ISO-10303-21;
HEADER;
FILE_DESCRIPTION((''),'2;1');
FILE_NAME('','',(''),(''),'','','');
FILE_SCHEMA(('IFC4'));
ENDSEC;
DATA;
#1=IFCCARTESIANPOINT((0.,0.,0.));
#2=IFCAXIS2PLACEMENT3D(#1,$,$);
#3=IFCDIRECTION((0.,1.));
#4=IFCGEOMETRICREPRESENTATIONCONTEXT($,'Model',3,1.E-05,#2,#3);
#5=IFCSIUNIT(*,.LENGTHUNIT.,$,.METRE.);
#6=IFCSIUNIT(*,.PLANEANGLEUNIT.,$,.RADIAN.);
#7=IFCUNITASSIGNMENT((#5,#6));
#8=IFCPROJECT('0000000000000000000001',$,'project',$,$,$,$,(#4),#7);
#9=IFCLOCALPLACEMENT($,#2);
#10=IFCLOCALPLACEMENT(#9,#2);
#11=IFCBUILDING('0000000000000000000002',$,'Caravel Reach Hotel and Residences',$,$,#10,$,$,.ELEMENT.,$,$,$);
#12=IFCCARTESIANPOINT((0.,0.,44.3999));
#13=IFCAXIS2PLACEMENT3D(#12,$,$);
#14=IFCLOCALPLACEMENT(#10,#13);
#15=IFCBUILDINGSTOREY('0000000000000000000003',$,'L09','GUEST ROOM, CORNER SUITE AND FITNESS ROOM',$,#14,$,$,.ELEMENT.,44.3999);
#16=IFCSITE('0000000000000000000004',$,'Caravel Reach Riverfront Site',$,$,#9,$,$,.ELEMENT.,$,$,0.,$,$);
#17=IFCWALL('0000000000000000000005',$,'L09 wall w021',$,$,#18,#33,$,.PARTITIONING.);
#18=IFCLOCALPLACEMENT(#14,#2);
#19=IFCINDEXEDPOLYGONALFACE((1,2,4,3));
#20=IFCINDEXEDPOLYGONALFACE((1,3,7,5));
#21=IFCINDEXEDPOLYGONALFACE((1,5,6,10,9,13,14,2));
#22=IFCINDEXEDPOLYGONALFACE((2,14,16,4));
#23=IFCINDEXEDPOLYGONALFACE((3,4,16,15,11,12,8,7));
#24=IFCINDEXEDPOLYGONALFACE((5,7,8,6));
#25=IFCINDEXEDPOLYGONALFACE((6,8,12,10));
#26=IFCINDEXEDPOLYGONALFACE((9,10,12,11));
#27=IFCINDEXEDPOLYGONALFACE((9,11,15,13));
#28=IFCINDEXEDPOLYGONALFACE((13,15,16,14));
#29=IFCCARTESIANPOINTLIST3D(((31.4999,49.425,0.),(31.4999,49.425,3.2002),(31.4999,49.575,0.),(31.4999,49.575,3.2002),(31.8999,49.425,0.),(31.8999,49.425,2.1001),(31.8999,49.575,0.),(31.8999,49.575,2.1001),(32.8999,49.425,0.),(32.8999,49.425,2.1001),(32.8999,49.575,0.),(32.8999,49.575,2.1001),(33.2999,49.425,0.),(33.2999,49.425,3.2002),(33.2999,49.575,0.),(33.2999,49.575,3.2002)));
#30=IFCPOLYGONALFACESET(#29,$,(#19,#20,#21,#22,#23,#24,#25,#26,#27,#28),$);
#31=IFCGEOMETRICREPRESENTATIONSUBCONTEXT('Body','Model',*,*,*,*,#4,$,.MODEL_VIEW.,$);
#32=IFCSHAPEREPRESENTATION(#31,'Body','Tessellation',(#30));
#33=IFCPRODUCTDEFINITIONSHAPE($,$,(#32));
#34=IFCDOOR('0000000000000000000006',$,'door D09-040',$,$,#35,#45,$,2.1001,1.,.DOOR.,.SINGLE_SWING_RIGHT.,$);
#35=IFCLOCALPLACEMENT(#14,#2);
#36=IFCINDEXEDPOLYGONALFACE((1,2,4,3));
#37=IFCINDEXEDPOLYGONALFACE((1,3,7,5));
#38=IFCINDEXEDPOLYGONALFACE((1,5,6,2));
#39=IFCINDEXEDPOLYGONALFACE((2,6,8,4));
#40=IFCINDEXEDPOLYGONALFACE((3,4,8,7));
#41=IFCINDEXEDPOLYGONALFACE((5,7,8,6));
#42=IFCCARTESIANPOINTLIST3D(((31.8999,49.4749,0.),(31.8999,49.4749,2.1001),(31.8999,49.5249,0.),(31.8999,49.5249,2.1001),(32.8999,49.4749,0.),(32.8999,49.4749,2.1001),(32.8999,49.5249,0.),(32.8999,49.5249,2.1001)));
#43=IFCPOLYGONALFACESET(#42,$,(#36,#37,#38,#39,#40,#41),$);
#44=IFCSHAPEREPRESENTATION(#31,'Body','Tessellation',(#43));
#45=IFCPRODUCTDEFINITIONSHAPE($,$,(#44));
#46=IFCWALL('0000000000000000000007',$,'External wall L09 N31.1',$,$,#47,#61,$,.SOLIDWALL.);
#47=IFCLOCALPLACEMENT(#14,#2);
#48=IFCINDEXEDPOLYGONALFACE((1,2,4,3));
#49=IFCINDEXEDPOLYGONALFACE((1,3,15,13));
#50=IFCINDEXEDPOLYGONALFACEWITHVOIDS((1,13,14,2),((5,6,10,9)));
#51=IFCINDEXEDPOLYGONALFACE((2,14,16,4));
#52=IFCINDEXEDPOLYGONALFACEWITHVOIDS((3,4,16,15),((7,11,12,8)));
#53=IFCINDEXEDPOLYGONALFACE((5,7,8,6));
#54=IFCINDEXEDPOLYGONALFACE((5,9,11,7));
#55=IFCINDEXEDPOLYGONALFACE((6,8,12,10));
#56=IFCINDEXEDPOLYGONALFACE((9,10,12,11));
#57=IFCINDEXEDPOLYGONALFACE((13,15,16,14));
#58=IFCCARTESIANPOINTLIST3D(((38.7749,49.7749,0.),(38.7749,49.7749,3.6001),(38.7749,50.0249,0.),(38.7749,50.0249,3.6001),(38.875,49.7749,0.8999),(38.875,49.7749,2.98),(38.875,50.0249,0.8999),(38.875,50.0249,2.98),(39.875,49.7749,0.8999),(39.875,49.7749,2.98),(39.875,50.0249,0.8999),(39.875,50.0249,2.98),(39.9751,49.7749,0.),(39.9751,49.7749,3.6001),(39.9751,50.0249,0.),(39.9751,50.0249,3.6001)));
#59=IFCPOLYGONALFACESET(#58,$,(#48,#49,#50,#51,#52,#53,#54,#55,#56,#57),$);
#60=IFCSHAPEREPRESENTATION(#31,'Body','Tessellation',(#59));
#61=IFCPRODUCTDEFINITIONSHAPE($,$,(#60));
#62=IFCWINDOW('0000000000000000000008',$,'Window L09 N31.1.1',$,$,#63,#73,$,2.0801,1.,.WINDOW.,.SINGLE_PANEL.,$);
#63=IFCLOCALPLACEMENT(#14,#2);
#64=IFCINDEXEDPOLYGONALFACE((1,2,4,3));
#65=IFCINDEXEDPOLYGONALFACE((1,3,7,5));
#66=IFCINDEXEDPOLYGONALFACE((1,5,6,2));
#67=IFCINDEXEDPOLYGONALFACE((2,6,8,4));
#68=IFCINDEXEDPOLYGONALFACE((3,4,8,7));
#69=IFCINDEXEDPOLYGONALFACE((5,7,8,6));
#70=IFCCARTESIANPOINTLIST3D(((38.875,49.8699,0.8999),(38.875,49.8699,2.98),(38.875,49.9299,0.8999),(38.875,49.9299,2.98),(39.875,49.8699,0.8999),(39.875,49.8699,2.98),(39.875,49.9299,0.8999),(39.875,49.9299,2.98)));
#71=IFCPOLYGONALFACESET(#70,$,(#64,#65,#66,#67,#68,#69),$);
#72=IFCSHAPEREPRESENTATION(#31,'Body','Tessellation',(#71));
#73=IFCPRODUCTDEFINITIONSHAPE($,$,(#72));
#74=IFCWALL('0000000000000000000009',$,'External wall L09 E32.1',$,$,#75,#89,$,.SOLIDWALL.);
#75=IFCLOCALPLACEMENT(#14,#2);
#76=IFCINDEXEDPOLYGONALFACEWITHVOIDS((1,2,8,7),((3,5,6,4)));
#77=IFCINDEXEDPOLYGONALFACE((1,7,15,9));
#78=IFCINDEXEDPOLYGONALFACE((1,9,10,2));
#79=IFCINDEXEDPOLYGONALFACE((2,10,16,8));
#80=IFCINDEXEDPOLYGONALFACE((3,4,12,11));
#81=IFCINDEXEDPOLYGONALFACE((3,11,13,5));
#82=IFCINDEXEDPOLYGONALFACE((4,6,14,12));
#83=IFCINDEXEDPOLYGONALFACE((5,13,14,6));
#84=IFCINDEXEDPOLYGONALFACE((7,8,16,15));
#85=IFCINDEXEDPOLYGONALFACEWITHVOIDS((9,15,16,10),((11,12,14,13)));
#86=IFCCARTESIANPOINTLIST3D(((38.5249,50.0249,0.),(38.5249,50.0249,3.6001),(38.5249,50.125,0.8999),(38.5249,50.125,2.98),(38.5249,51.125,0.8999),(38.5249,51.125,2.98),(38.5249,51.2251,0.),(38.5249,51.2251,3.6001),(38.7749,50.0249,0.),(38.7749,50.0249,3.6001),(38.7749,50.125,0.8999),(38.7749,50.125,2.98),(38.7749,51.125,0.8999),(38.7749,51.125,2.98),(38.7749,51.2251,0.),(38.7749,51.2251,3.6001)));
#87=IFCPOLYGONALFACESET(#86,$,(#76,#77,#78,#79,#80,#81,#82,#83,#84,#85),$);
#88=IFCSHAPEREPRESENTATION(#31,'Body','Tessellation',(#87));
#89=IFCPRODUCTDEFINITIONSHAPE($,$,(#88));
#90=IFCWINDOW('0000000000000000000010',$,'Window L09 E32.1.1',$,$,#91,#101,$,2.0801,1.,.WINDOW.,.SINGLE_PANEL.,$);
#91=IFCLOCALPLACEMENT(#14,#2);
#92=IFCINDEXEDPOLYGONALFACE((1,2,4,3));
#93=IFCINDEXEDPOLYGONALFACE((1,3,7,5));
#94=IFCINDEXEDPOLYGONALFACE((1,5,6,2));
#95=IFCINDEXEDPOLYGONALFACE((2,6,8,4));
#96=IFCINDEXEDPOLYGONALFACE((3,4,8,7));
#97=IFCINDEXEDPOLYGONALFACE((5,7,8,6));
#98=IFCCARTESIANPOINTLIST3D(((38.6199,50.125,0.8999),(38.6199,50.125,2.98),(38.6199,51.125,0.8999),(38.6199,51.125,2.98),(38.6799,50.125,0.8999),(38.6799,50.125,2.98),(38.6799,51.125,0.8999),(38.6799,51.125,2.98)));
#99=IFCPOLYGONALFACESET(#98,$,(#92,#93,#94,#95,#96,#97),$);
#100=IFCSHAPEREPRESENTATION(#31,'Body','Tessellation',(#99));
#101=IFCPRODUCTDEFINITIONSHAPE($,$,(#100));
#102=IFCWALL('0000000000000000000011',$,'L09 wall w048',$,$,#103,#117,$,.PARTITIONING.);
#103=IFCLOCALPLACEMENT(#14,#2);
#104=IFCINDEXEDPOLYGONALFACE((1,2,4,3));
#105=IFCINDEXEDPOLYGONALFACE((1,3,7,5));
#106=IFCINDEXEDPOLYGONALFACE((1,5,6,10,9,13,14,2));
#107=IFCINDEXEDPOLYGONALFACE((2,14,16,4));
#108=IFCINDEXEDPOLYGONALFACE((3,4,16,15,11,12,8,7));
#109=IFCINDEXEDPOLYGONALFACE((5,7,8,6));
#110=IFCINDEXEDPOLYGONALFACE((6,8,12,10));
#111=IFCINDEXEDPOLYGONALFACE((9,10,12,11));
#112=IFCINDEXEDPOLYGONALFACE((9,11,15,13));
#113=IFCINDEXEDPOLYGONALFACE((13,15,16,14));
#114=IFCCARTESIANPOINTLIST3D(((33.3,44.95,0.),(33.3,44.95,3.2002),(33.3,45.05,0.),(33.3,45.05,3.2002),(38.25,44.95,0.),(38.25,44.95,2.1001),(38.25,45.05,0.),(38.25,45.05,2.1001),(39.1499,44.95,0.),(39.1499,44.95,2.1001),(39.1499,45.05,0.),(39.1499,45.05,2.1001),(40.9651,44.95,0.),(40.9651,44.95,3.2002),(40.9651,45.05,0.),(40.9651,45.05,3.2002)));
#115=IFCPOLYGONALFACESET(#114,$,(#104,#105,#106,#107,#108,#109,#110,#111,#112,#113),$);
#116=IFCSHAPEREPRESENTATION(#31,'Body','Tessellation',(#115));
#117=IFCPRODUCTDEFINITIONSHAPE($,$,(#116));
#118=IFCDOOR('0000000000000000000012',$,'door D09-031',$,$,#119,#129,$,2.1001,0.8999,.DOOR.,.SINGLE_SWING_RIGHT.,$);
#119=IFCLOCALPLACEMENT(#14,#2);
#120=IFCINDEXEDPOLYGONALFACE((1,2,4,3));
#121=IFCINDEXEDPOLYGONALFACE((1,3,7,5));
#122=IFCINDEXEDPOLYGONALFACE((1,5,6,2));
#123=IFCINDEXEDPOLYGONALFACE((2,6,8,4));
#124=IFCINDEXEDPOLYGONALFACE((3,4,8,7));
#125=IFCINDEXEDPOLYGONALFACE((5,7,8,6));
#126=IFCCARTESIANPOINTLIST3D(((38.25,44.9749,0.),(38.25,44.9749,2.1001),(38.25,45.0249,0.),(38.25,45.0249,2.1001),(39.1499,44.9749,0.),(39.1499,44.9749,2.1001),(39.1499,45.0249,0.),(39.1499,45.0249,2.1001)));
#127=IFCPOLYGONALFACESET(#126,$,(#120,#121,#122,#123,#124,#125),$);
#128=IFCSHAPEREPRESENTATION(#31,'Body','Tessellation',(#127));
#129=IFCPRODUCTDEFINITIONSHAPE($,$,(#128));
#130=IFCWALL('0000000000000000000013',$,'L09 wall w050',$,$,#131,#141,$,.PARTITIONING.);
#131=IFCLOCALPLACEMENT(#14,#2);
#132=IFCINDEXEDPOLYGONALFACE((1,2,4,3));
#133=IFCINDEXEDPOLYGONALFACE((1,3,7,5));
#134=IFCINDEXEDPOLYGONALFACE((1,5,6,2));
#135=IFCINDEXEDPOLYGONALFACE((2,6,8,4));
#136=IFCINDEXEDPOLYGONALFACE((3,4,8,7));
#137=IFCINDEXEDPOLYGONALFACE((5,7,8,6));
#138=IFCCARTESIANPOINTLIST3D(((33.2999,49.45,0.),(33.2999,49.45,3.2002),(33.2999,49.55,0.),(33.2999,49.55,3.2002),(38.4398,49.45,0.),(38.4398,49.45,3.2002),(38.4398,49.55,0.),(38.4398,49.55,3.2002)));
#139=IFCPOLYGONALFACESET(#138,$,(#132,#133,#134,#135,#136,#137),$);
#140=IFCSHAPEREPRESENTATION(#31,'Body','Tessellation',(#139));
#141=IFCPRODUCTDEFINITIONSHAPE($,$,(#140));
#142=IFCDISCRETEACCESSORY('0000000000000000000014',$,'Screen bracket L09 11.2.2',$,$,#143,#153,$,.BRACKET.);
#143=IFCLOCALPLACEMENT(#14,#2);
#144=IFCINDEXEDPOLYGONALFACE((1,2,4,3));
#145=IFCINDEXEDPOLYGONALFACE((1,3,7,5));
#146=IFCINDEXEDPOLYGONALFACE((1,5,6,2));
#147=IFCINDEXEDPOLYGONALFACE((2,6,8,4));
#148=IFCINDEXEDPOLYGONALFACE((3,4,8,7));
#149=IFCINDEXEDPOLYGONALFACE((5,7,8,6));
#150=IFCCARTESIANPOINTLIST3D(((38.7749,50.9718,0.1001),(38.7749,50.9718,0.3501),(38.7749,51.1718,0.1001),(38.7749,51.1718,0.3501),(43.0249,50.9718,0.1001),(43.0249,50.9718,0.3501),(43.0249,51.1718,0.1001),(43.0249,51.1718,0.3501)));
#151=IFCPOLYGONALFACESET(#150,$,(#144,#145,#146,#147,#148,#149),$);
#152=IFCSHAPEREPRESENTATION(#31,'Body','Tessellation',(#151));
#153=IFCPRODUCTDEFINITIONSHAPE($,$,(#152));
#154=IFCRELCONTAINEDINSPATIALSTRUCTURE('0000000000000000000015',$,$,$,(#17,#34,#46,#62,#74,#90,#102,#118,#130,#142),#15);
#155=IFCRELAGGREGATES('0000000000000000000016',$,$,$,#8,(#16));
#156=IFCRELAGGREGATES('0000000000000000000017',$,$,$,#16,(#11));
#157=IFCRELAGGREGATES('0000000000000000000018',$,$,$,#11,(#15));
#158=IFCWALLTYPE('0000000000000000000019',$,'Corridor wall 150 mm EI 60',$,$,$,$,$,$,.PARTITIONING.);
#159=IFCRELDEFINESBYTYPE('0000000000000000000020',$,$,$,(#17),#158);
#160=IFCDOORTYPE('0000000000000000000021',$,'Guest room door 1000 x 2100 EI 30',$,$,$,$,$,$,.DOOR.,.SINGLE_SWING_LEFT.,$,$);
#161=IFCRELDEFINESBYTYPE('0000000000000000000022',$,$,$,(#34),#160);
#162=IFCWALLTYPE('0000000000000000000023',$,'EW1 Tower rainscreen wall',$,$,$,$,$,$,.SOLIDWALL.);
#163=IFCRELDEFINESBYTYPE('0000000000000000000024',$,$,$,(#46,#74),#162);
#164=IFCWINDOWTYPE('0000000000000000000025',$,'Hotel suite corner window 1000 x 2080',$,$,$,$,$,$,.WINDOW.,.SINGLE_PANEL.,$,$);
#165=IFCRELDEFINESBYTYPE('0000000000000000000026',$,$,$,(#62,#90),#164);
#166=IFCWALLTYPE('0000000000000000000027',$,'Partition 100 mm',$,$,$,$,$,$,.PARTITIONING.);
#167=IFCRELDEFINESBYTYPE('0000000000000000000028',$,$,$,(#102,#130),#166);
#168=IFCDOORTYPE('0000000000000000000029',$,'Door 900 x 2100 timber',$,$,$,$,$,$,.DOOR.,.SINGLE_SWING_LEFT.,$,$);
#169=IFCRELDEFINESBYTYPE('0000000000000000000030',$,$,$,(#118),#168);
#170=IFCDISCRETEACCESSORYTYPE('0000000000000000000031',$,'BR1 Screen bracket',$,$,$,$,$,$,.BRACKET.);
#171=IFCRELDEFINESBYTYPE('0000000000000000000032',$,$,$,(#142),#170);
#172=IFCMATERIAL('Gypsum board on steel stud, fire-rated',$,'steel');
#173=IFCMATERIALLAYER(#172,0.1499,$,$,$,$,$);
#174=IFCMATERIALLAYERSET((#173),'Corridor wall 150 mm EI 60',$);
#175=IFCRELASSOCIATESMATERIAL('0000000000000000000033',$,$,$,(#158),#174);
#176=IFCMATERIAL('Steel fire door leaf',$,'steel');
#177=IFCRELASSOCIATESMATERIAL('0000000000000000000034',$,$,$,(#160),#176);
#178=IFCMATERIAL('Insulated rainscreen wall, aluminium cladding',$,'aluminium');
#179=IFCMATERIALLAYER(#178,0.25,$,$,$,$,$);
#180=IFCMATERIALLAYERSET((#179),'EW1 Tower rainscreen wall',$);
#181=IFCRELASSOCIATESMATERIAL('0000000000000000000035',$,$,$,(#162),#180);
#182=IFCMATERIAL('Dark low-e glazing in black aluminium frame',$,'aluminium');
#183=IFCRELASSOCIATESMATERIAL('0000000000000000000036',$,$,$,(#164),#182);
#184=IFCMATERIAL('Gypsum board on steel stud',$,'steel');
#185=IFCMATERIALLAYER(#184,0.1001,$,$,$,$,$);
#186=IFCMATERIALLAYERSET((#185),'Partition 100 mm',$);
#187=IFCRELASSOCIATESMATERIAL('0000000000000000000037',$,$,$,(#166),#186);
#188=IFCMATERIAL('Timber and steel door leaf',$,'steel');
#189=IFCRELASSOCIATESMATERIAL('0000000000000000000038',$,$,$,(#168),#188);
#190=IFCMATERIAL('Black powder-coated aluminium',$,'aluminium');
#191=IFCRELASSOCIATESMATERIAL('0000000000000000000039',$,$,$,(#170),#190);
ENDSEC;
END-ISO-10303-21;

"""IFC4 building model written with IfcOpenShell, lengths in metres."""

from ifc_helpers import new_model, si_unit, direction, frame, frame_2d, origin, origin_2d, place, context, subcontext, project, spatial, rectangle, extrude, material, layer, layer_set, type_object, element, fill, save


model = new_model("IFC4")

# Units and contexts
model_context = context("Model", 3, precision=1e-05, world=origin(), true_north=direction((0.0, 1.0)))
body_context = subcontext(model_context, "Body", "Model", "MODEL_VIEW")
ifc_project = project(units=[si_unit("LENGTHUNIT", "METRE"), si_unit("PLANEANGLEUNIT", "RADIAN")], contexts=[model_context])

# Site, building, storey
site_placement = place(None, origin())
site = spatial("IfcSite", under=ifc_project, at=site_placement, Name="Caravel Reach Riverfront Site", CompositionType="ELEMENT", RefElevation=0.0)
building_placement = place(site_placement, origin())
building = spatial("IfcBuilding", under=site, at=building_placement, Name="Caravel Reach Hotel and Residences", CompositionType="ELEMENT")
storey_placement = place(building_placement, frame((0.0, 0.0, 44.3999)))
storey = spatial("IfcBuildingStorey", under=building, at=storey_placement, Name="L09", Description="GUEST ROOM, CORNER SUITE AND FITNESS ROOM", CompositionType="ELEMENT", Elevation=44.3999)

# Wall, opening, door
ifc_material_1 = material(Name="Gypsum board on steel stud, fire-rated", Category="steel")
ifc_layer_1 = layer(ifc_material_1, 0.1499)
ifc_layer_set_1 = layer_set([ifc_layer_1], Name="Corridor wall 150 mm EI 60")
wall_type_1 = type_object("IfcWallType", Name="Corridor wall 150 mm EI 60", PredefinedType="PARTITIONING", material=ifc_layer_set_1)
wall_1_placement = place(storey_placement, frame((31.5, 49.5, 0.0), z_axis=(0.0, 0.0, 1.0), x_axis=(1.0, 0.0, 0.0)))
wall_1 = element("IfcWall", 1, at=wall_1_placement, inside=storey, type_object=wall_type_1, Name="L09 wall w021", PredefinedType="PARTITIONING", context=body_context, shape_type="SweptSolid", body=[
    extrude(rectangle(XDim=1.8, YDim=0.1499, at=frame_2d((0.8999, 0.0))), origin(), (0.0, 0.0, 1.0), 3.2002),
])
opening_1_placement = place(wall_1_placement, frame((0.3999, 0.0, 0.0)))
opening_1 = element("IfcOpeningElement", 2, at=opening_1_placement, cuts=wall_1, PredefinedType="OPENING", context=body_context, shape_type="SweptSolid", body=[
    extrude(rectangle(XDim=1.0, YDim=2.1001, at=frame_2d((0.5, 1.05))), frame((0.0, 0.085, 0.0), z_axis=(0.0, -1.0, 0.0), x_axis=(1.0, 0.0, 0.0)), (0.0, 0.0, 1.0), 0.1699),
])
ifc_material_2 = material(Name="Steel fire door leaf", Category="steel")
door_type_1 = type_object("IfcDoorType", Name="Guest room door 1000 x 2100 EI 30", OperationType="SINGLE_SWING_LEFT", PredefinedType="DOOR", material=ifc_material_2)
door_1_placement = place(opening_1_placement, origin())
door_1 = element("IfcDoor", 3, at=door_1_placement, inside=storey, type_object=door_type_1, Name="door D09-040", OperationType="SINGLE_SWING_RIGHT", OverallHeight=2.1001, OverallWidth=1.0, PredefinedType="DOOR", context=body_context, shape_type="SweptSolid", body=[
    extrude(rectangle(XDim=1.0, YDim=2.1001, at=frame_2d((0.5, 1.05))), frame((0.0, 0.0249, 0.0), z_axis=(0.0, -1.0, 0.0), x_axis=(1.0, 0.0, 0.0)), (0.0, 0.0, 1.0), 0.05),
])
fill(opening_1, door_1)

# Walls, openings, windows
ifc_material_3 = material(Name="Insulated rainscreen wall, aluminium cladding", Category="aluminium")
ifc_layer_2 = layer(ifc_material_3, 0.25)
ifc_layer_set_2 = layer_set([ifc_layer_2], Name="EW1 Tower rainscreen wall")
wall_type_2 = type_object("IfcWallType", Name="EW1 Tower rainscreen wall", PredefinedType="SOLIDWALL", material=ifc_layer_set_2)
wall_2_placement = place(storey_placement, frame((39.9751, 49.8999, 0.0), z_axis=(0.0, 0.0, 1.0), x_axis=(-1.0, 0.0, 0.0)))
wall_2 = element("IfcWall", 4, at=wall_2_placement, inside=storey, type_object=wall_type_2, Name="External wall L09 N31.1", PredefinedType="SOLIDWALL", context=body_context, shape_type="SweptSolid", body=[
    extrude(rectangle(XDim=1.2002, YDim=0.25, at=frame_2d((0.6001, 0.0))), origin(), (0.0, 0.0, 1.0), 3.6001),
])
opening_2_placement = place(wall_2_placement, frame((0.1001, 0.0, 0.8999)))
opening_2 = element("IfcOpeningElement", 5, at=opening_2_placement, cuts=wall_2, PredefinedType="OPENING", context=body_context, shape_type="SweptSolid", body=[
    extrude(rectangle(XDim=1.0, YDim=2.0801, at=frame_2d((0.5, 1.04))), frame((0.0, 0.135, 0.0), z_axis=(0.0, -1.0, 0.0), x_axis=(1.0, 0.0, 0.0)), (0.0, 0.0, 1.0), 0.27),
])
ifc_material_4 = material(Name="Dark low-e glazing in black aluminium frame", Category="aluminium")
window_type = type_object("IfcWindowType", Name="Hotel suite corner window 1000 x 2080", PartitioningType="SINGLE_PANEL", PredefinedType="WINDOW", material=ifc_material_4)
window_1_placement = place(opening_2_placement, origin())
window_1 = element("IfcWindow", 6, at=window_1_placement, inside=storey, type_object=window_type, Name="Window L09 N31.1.1", OverallHeight=2.0801, OverallWidth=1.0, PartitioningType="SINGLE_PANEL", PredefinedType="WINDOW", context=body_context, shape_type="SweptSolid", body=[
    extrude(rectangle(XDim=1.0, YDim=2.0801, at=frame_2d((0.5, 1.04))), frame((0.0, 0.03, 0.0), z_axis=(0.0, -1.0, 0.0), x_axis=(1.0, 0.0, 0.0)), (0.0, 0.0, 1.0), 0.0601),
])
fill(opening_2, window_1)
wall_3_placement = place(storey_placement, frame((38.6499, 50.0249, 0.0), z_axis=(0.0, 0.0, 1.0), x_axis=(0.0, 1.0, 0.0)))
wall_3 = element("IfcWall", 7, at=wall_3_placement, inside=storey, type_object=wall_type_2, Name="External wall L09 E32.1", PredefinedType="SOLIDWALL", context=body_context, shape_type="SweptSolid", body=[
    extrude(rectangle(XDim=1.2002, YDim=0.25, at=frame_2d((0.6001, 0.0))), origin(), (0.0, 0.0, 1.0), 3.6001),
])
opening_3_placement = place(wall_3_placement, frame((0.1001, 0.0, 0.8999)))
opening_3 = element("IfcOpeningElement", 8, at=opening_3_placement, cuts=wall_3, PredefinedType="OPENING", context=body_context, shape_type="SweptSolid", body=[
    extrude(rectangle(XDim=1.0, YDim=2.0801, at=frame_2d((0.5, 1.04))), frame((0.0, 0.135, 0.0), z_axis=(0.0, -1.0, 0.0), x_axis=(1.0, 0.0, 0.0)), (0.0, 0.0, 1.0), 0.27),
])
window_2_placement = place(opening_3_placement, origin())
window_2 = element("IfcWindow", 9, at=window_2_placement, inside=storey, type_object=window_type, Name="Window L09 E32.1.1", OverallHeight=2.0801, OverallWidth=1.0, PartitioningType="SINGLE_PANEL", PredefinedType="WINDOW", context=body_context, shape_type="SweptSolid", body=[
    extrude(rectangle(XDim=1.0, YDim=2.0801, at=frame_2d((0.5, 1.04))), frame((0.0, 0.03, 0.0), z_axis=(0.0, -1.0, 0.0), x_axis=(1.0, 0.0, 0.0)), (0.0, 0.0, 1.0), 0.0601),
])
fill(opening_3, window_2)

# Wall, opening, door
ifc_material_5 = material(Name="Gypsum board on steel stud", Category="steel")
ifc_layer_3 = layer(ifc_material_5, 0.1001)
ifc_layer_set_3 = layer_set([ifc_layer_3], Name="Partition 100 mm")
wall_type_3 = type_object("IfcWallType", Name="Partition 100 mm", PredefinedType="PARTITIONING", material=ifc_layer_set_3)
wall_4_placement = place(storey_placement, frame((33.3, 45.0, 0.0), z_axis=(0.0, 0.0, 1.0), x_axis=(1.0, 0.0, 0.0)))
wall_4 = element("IfcWall", 10, at=wall_4_placement, inside=storey, type_object=wall_type_3, Name="L09 wall w048", PredefinedType="PARTITIONING", context=body_context, shape_type="SweptSolid", body=[
    extrude(rectangle(XDim=7.665, YDim=0.1001, at=frame_2d((3.8325, 0.0))), origin(), (0.0, 0.0, 1.0), 3.2002),
])
opening_4_placement = place(wall_4_placement, frame((4.95, 0.0, 0.0)))
opening_4 = element("IfcOpeningElement", 11, at=opening_4_placement, cuts=wall_4, PredefinedType="OPENING", context=body_context, shape_type="SweptSolid", body=[
    extrude(rectangle(XDim=0.8999, YDim=2.1001, at=frame_2d((0.45, 1.05))), frame((0.0, 0.0601, 0.0), z_axis=(0.0, -1.0, 0.0), x_axis=(1.0, 0.0, 0.0)), (0.0, 0.0, 1.0), 0.1201),
])
ifc_material_6 = material(Name="Timber and steel door leaf", Category="steel")
door_type_2 = type_object("IfcDoorType", Name="Door 900 x 2100 timber", OperationType="SINGLE_SWING_LEFT", PredefinedType="DOOR", material=ifc_material_6)
door_2_placement = place(opening_4_placement, origin())
door_2 = element("IfcDoor", 12, at=door_2_placement, inside=storey, type_object=door_type_2, Name="door D09-031", OperationType="SINGLE_SWING_RIGHT", OverallHeight=2.1001, OverallWidth=0.8999, PredefinedType="DOOR", context=body_context, shape_type="SweptSolid", body=[
    extrude(rectangle(XDim=0.8999, YDim=2.1001, at=frame_2d((0.45, 1.05))), frame((0.0, 0.0249, 0.0), z_axis=(0.0, -1.0, 0.0), x_axis=(1.0, 0.0, 0.0)), (0.0, 0.0, 1.0), 0.05),
])
fill(opening_4, door_2)

# Wall
wall_5_placement = place(storey_placement, frame((33.3, 49.5, 0.0), z_axis=(0.0, 0.0, 1.0), x_axis=(1.0, 0.0, 0.0)))
element("IfcWall", 13, at=wall_5_placement, inside=storey, type_object=wall_type_3, Name="L09 wall w050", PredefinedType="PARTITIONING", context=body_context, shape_type="SweptSolid", body=[
    extrude(rectangle(XDim=5.1399, YDim=0.1001, at=frame_2d((2.5698, 0.0))), origin(), (0.0, 0.0, 1.0), 3.2002),
])

# Discrete accessory
ifc_material_7 = material(Name="Black powder-coated aluminium", Category="aluminium")
discrete_accessory_type = type_object("IfcDiscreteAccessoryType", Name="BR1 Screen bracket", PredefinedType="BRACKET", material=ifc_material_7)
discrete_accessory_placement = place(storey_placement, frame((40.8999, 51.0718, 0.1001), z_axis=(0.0, 0.0, 1.0), x_axis=(1.0, 0.0, 0.0)))
element("IfcDiscreteAccessory", 14, at=discrete_accessory_placement, inside=storey, type_object=discrete_accessory_type, Name="Screen bracket L09 11.2.2", PredefinedType="BRACKET", context=body_context, shape_type="SweptSolid", body=[
    extrude(rectangle(XDim=4.25, YDim=0.2, at=origin_2d()), origin(), (0.0, 0.0, 1.0), 0.25),
])

save(model, "model.ifc")
